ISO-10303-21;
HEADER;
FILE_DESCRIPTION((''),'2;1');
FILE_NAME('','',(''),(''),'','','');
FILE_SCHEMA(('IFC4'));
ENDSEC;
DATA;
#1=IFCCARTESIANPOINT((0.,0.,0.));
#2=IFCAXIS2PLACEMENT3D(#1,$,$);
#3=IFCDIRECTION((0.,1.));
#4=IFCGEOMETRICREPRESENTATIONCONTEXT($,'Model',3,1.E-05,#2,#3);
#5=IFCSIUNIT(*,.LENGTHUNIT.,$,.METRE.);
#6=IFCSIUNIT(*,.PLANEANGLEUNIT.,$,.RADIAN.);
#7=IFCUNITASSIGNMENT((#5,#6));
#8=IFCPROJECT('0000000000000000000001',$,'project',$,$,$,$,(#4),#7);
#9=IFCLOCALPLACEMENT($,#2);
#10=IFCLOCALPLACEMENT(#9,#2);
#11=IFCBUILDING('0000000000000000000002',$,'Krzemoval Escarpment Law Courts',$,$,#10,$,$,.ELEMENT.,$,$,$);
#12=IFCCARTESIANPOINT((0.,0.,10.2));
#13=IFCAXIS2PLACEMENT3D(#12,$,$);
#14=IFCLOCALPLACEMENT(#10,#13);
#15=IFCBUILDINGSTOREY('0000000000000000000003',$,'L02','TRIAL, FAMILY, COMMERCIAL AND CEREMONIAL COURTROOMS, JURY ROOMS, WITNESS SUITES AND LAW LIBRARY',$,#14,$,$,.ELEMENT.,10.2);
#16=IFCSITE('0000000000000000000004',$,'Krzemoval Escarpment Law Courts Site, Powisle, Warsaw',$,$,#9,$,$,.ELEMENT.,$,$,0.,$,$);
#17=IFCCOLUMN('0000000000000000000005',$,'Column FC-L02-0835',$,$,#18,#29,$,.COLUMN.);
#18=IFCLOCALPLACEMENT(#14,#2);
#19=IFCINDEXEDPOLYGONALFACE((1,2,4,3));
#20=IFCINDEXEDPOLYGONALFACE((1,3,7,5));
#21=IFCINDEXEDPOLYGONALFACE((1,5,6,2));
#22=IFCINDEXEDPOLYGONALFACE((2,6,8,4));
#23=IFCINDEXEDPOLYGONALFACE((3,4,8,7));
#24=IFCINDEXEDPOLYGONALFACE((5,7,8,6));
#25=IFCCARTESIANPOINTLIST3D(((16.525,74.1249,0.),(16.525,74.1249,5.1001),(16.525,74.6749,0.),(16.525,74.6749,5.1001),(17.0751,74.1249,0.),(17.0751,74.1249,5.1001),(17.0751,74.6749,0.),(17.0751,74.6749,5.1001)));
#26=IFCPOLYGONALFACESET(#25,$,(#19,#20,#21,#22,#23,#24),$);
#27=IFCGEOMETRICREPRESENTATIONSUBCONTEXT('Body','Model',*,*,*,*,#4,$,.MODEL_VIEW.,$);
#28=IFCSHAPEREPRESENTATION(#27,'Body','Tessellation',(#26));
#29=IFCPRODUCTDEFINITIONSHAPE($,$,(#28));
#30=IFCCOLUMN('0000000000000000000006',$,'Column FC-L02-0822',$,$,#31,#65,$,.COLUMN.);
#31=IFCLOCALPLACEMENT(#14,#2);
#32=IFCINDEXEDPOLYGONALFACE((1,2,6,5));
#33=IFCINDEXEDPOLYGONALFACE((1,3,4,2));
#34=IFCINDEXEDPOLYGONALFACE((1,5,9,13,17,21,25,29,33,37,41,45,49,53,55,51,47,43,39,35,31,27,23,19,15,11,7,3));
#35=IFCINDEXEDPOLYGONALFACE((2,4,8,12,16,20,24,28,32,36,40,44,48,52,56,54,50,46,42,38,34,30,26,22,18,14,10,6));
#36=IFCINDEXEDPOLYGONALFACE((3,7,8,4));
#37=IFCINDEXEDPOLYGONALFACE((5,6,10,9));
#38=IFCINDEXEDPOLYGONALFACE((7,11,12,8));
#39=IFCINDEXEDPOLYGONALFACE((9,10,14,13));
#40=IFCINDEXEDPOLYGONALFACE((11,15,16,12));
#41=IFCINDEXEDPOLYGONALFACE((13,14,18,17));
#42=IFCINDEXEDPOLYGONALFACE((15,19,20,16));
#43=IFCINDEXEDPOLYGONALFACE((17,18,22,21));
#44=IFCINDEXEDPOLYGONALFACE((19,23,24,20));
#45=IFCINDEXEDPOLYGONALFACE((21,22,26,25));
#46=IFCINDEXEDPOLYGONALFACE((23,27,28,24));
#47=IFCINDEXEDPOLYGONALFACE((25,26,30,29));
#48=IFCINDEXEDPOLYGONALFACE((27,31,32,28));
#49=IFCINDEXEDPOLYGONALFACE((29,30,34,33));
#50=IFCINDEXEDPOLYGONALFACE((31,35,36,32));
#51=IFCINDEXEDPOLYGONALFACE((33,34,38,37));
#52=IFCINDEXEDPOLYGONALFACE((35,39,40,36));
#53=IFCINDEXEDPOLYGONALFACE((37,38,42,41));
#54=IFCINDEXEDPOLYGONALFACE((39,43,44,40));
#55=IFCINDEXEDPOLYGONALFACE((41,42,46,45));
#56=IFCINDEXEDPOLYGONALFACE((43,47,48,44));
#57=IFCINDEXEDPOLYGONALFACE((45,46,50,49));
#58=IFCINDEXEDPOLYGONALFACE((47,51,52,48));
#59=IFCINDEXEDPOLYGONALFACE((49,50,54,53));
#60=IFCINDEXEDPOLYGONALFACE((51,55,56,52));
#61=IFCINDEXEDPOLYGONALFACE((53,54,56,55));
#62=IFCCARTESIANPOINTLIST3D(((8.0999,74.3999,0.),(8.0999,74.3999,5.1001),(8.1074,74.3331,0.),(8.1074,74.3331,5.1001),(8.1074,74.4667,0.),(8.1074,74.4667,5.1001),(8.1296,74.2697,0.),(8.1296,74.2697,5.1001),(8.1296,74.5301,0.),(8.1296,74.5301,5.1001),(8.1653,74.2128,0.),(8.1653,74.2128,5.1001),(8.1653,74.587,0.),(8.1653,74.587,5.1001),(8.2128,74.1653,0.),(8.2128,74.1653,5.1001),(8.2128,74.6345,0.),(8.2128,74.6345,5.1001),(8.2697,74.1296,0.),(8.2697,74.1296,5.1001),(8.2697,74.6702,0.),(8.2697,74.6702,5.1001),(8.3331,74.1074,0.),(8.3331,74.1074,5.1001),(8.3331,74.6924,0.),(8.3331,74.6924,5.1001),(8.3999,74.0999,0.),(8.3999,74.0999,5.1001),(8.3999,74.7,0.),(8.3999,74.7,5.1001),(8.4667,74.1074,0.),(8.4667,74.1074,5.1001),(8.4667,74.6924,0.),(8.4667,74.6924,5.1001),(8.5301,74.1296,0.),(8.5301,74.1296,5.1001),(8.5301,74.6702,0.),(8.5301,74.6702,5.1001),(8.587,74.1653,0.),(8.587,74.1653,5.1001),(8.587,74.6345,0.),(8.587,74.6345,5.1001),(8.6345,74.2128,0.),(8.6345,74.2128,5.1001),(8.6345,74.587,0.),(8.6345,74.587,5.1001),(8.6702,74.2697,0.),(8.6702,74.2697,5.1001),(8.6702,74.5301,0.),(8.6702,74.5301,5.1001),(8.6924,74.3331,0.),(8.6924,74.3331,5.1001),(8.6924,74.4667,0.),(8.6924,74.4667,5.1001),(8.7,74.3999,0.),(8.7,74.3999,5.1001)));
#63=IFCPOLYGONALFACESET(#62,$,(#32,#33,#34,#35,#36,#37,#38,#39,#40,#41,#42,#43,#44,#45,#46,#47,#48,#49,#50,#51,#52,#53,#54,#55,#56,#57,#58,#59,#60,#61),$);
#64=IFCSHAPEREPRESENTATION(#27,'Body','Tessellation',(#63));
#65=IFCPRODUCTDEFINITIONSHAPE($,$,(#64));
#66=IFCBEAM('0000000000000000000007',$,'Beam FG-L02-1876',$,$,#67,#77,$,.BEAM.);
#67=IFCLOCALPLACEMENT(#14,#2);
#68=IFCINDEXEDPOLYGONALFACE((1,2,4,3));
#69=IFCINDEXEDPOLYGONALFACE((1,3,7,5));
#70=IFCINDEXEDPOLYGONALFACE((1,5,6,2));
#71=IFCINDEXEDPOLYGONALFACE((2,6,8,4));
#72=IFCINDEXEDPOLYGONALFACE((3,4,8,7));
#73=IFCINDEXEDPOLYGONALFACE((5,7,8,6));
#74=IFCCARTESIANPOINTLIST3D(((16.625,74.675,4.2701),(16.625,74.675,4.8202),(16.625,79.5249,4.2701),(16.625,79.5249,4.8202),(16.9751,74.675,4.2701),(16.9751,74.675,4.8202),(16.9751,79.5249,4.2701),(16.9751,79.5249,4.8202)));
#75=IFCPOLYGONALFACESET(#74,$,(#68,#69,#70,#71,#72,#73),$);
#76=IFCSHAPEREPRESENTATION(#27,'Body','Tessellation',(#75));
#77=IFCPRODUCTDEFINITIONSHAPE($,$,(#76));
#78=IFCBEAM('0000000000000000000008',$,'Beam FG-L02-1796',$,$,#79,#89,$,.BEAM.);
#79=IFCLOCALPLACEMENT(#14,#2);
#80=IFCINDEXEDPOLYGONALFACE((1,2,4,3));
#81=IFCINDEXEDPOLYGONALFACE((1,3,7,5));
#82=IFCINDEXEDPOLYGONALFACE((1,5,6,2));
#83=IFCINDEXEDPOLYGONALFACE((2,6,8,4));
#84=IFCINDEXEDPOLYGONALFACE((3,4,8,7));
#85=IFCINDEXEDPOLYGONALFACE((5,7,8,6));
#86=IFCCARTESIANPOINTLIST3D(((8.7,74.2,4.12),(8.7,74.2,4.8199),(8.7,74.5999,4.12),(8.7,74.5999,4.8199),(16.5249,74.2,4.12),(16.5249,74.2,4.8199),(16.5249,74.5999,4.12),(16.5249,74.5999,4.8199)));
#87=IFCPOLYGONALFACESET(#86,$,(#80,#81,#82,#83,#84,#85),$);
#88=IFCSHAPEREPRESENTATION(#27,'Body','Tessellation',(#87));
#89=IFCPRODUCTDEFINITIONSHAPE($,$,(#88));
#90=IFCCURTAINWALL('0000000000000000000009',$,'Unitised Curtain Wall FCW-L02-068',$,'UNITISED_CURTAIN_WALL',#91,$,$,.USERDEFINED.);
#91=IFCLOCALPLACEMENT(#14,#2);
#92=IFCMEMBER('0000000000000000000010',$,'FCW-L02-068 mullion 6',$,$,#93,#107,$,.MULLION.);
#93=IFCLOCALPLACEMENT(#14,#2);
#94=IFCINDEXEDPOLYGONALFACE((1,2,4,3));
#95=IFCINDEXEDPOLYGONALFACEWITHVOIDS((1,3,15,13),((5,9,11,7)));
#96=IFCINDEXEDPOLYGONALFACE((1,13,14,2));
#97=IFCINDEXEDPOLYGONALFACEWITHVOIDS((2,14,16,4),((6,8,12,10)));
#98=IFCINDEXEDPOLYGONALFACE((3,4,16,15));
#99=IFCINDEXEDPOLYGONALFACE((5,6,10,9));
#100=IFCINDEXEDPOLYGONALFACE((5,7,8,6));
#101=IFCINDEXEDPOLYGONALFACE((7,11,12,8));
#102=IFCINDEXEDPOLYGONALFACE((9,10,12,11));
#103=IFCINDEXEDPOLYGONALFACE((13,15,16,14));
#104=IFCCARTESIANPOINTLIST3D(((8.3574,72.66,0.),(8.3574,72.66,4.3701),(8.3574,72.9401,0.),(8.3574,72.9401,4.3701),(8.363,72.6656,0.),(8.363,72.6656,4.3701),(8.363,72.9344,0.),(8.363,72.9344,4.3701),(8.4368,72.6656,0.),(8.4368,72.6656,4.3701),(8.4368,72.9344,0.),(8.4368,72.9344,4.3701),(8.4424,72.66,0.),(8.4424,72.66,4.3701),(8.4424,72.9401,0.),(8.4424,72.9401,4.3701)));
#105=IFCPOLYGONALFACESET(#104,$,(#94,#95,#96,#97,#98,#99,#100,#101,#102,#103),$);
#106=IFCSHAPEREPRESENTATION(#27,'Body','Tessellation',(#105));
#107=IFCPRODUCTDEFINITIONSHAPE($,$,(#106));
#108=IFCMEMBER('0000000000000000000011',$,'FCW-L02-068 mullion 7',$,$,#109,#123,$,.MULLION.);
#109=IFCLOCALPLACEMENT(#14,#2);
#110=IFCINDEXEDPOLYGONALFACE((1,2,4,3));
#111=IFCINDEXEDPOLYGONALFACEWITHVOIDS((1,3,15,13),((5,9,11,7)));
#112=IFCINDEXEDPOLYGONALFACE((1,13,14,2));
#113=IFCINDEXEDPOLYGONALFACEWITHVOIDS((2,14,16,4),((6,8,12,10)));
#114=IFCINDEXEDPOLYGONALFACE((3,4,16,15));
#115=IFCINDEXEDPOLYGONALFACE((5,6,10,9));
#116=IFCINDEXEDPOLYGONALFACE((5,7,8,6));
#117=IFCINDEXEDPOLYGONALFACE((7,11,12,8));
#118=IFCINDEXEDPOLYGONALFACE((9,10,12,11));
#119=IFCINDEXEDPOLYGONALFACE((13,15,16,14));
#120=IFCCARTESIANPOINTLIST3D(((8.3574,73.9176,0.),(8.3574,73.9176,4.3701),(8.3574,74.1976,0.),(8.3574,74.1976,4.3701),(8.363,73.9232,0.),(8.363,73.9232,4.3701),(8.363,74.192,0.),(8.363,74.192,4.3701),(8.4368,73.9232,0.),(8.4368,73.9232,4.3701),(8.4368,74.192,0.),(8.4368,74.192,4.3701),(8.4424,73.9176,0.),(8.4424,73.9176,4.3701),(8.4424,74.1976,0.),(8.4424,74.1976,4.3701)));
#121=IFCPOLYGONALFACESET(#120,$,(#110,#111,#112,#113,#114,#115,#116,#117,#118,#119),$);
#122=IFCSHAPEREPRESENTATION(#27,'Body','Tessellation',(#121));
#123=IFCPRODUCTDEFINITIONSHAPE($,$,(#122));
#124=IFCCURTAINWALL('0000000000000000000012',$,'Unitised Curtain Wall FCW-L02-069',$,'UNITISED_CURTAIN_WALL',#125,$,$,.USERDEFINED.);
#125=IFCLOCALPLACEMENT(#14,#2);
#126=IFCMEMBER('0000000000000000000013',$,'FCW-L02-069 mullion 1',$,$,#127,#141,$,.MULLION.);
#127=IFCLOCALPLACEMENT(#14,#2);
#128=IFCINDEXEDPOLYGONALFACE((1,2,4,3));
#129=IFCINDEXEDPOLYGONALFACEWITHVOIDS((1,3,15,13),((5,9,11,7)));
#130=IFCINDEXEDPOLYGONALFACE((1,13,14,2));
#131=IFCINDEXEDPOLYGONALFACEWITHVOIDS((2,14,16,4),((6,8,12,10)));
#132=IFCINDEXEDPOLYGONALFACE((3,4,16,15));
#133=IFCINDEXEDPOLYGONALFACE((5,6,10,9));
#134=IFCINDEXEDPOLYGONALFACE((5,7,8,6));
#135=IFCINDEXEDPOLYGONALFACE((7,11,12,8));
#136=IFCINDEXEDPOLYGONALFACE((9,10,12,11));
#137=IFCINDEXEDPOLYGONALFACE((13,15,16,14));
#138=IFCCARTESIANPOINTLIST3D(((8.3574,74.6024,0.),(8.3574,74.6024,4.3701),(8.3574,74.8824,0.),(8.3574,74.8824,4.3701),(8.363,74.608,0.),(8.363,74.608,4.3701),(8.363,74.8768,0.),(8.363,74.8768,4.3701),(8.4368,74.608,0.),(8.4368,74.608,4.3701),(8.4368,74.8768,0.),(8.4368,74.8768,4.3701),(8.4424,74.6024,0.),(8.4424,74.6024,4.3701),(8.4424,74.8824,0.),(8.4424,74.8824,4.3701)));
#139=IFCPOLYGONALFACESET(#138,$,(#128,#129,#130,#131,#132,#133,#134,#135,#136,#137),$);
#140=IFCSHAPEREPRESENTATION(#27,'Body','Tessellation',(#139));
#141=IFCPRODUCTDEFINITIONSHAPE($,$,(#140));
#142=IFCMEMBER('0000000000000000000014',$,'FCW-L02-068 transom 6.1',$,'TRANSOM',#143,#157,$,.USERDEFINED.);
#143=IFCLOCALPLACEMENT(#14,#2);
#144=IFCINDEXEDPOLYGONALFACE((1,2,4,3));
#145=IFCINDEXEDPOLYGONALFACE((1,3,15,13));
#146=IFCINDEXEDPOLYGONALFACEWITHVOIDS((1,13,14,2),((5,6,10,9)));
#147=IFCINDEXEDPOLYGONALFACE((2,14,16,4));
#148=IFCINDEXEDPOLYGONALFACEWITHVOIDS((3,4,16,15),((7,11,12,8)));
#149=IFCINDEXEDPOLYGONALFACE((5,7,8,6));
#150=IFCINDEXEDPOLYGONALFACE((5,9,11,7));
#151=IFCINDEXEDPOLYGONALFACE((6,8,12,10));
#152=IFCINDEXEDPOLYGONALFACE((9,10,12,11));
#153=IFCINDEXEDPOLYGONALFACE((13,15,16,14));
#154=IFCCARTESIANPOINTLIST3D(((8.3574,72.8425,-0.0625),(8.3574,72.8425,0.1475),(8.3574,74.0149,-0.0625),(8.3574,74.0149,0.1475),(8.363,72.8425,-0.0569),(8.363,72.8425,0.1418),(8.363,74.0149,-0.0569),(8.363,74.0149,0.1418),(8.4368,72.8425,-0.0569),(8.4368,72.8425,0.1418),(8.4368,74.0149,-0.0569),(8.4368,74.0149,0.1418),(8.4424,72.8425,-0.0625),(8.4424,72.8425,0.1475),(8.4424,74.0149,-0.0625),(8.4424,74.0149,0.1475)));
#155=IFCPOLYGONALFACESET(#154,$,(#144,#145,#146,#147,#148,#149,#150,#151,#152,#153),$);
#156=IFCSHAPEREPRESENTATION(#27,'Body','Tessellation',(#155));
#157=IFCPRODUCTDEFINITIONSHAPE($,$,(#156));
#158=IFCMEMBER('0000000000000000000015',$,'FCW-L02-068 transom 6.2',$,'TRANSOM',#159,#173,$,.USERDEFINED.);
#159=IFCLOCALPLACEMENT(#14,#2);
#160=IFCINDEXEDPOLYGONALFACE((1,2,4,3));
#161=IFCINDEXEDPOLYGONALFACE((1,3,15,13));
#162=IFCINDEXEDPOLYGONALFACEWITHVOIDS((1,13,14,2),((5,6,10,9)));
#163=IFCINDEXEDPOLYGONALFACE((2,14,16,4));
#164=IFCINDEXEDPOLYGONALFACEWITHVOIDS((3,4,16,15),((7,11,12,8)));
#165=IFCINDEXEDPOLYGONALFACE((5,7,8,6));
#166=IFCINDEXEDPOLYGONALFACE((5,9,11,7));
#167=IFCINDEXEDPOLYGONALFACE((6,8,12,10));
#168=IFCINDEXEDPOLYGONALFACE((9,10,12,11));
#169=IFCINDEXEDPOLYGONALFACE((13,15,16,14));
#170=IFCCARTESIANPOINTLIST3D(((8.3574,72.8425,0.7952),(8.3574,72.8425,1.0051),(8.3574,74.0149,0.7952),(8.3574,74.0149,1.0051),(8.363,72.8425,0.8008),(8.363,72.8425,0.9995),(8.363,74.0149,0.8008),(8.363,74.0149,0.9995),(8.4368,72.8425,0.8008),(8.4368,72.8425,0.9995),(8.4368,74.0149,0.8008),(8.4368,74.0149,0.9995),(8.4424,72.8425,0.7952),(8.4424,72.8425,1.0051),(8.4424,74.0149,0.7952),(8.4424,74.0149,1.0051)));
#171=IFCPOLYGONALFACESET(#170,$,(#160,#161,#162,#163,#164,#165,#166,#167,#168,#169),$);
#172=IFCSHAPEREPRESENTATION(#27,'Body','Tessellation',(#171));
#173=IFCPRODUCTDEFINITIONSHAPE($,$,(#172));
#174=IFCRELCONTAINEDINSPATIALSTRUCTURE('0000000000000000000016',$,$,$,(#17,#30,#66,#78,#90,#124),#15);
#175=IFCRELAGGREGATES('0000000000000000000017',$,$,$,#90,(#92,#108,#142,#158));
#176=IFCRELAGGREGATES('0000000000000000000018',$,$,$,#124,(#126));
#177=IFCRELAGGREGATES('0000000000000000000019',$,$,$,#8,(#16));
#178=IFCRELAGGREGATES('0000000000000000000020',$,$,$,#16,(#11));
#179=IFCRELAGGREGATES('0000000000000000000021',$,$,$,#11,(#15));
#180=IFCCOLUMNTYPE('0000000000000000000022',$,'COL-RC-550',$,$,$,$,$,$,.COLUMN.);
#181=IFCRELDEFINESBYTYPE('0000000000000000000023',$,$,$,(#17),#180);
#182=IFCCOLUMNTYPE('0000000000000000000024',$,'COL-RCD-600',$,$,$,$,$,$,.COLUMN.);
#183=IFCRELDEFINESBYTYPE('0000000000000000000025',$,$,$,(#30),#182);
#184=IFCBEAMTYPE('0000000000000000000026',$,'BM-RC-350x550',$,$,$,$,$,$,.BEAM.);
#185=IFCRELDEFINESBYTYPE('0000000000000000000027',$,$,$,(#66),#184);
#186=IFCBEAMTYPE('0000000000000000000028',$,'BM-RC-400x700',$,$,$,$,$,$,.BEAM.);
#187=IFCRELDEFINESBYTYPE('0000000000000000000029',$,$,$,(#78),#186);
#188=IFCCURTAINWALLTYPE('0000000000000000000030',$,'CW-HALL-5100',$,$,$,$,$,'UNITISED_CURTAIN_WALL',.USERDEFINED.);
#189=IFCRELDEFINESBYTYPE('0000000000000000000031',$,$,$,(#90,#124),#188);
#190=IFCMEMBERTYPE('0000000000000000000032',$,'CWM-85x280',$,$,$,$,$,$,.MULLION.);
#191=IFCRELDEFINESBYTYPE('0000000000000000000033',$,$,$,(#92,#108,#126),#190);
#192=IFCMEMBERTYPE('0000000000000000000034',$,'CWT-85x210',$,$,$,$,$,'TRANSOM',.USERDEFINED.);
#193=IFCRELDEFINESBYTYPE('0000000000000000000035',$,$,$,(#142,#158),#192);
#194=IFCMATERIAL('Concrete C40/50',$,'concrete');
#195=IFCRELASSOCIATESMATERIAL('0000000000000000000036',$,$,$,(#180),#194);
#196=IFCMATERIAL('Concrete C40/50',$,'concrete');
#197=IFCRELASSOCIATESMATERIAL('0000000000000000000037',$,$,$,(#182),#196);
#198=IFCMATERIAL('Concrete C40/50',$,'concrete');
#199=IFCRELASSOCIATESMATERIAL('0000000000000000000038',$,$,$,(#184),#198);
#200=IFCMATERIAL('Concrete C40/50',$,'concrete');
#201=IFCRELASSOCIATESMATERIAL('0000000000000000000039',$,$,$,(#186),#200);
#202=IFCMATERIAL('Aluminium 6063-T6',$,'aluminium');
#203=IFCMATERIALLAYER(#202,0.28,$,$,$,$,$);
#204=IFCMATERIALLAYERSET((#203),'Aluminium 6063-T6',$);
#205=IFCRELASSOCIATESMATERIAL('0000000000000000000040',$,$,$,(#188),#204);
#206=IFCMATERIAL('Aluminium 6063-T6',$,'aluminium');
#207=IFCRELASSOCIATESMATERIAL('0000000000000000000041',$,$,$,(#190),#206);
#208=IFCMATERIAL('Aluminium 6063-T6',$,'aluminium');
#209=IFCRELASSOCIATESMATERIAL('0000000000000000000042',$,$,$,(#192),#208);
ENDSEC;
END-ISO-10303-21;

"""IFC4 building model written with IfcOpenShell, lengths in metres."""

from ifc_helpers import new_model, si_unit, direction, frame, origin, origin_2d, place, context, subcontext, project, spatial, rectangle, hollow_rectangle, circle, extrude, material, layer, layer_set, material_profile, profile_set, type_object, element, aggregate, save


model = new_model("IFC4")

# Units and contexts
model_context = context("Model", 3, precision=1e-05, world=origin(), true_north=direction((0.0, 1.0)))
body_context = subcontext(model_context, "Body", "Model", "MODEL_VIEW")
ifc_project = project(units=[si_unit("LENGTHUNIT", "METRE"), si_unit("PLANEANGLEUNIT", "RADIAN")], contexts=[model_context])

# Site, building, storey
site_placement = place(None, origin())
site = spatial("IfcSite", under=ifc_project, at=site_placement, Name="Krzemoval Escarpment Law Courts Site, Powisle, Warsaw", CompositionType="ELEMENT", RefElevation=0.0)
building_placement = place(site_placement, origin())
building = spatial("IfcBuilding", under=site, at=building_placement, Name="Krzemoval Escarpment Law Courts", CompositionType="ELEMENT")
storey_placement = place(building_placement, frame((0.0, 0.0, 10.2)))
storey = spatial("IfcBuildingStorey", under=building, at=storey_placement, Name="L02", Description="TRIAL, FAMILY, COMMERCIAL AND CEREMONIAL COURTROOMS, JURY ROOMS, WITNESS SUITES AND LAW LIBRARY", CompositionType="ELEMENT", Elevation=10.2)

# Columns
ifc_material_1 = material(Name="Concrete C40/50", Category="concrete")
ifc_material_profile_1 = material_profile(ifc_material_1, rectangle(XDim=0.55, YDim=0.55, at=origin_2d()), Name="RC 550x550")
ifc_profile_set_1 = profile_set([ifc_material_profile_1], Name="Concrete C40/50")
column_type_1 = type_object("IfcColumnType", Name="COL-RC-550", PredefinedType="COLUMN", material=ifc_profile_set_1)
column_1_placement = place(storey_placement, frame((16.8, 74.3999, 0.0), z_axis=(0.0, 0.0, 1.0), x_axis=(1.0, 0.0, 0.0)))
element("IfcColumn", 1, at=column_1_placement, inside=storey, type_object=column_type_1, Name="Column FC-L02-0835", PredefinedType="COLUMN", context=body_context, shape_type="SweptSolid", body=[
    extrude(rectangle(XDim=0.55, YDim=0.55, at=origin_2d()), origin(), (0.0, 0.0, 1.0), 5.1001),
])
ifc_material_2 = material(Name="Concrete C40/50", Category="concrete")
ifc_material_profile_2 = material_profile(ifc_material_2, circle(Radius=0.3, at=origin_2d()), Name="RC D600")
ifc_profile_set_2 = profile_set([ifc_material_profile_2], Name="Concrete C40/50")
column_type_2 = type_object("IfcColumnType", Name="COL-RCD-600", PredefinedType="COLUMN", material=ifc_profile_set_2)
column_2_placement = place(storey_placement, frame((8.3999, 74.3999, 0.0), z_axis=(0.0, 0.0, 1.0), x_axis=(1.0, 0.0, 0.0)))
element("IfcColumn", 2, at=column_2_placement, inside=storey, type_object=column_type_2, Name="Column FC-L02-0822", PredefinedType="COLUMN", context=body_context, shape_type="SweptSolid", body=[
    extrude(circle(Radius=0.3, at=origin_2d()), origin(), (0.0, 0.0, 1.0), 5.1001),
])

# Beams
ifc_material_3 = material(Name="Concrete C40/50", Category="concrete")
ifc_material_profile_3 = material_profile(ifc_material_3, rectangle(XDim=0.3501, YDim=0.55, at=origin_2d()), Name="RCB 350x550")
ifc_profile_set_3 = profile_set([ifc_material_profile_3], Name="Concrete C40/50")
beam_type_1 = type_object("IfcBeamType", Name="BM-RC-350x550", PredefinedType="BEAM", material=ifc_profile_set_3)
beam_1_placement = place(storey_placement, frame((16.8, 74.675, 4.5452), z_axis=(0.0, 1.0, 0.0), x_axis=(-1.0, 0.0, 0.0)))
element("IfcBeam", 3, at=beam_1_placement, inside=storey, type_object=beam_type_1, Name="Beam FG-L02-1876", PredefinedType="BEAM", context=body_context, shape_type="SweptSolid", body=[
    extrude(rectangle(XDim=0.3501, YDim=0.55, at=origin_2d()), origin(), (0.0, 0.0, 1.0), 4.8499),
])
ifc_material_4 = material(Name="Concrete C40/50", Category="concrete")
ifc_material_profile_4 = material_profile(ifc_material_4, rectangle(XDim=0.3999, YDim=0.7, at=origin_2d()), Name="RCB 400x700")
ifc_profile_set_4 = profile_set([ifc_material_profile_4], Name="Concrete C40/50")
beam_type_2 = type_object("IfcBeamType", Name="BM-RC-400x700", PredefinedType="BEAM", material=ifc_profile_set_4)
beam_2_placement = place(storey_placement, frame((8.7, 74.3999, 4.47), z_axis=(1.0, 0.0, 0.0), x_axis=(0.0, 1.0, 0.0)))
element("IfcBeam", 4, at=beam_2_placement, inside=storey, type_object=beam_type_2, Name="Beam FG-L02-1796", PredefinedType="BEAM", context=body_context, shape_type="SweptSolid", body=[
    extrude(rectangle(XDim=0.3999, YDim=0.7, at=origin_2d()), origin(), (0.0, 0.0, 1.0), 7.825),
])

# Curtain wall, members
ifc_material_5 = material(Name="Aluminium 6063-T6", Category="aluminium")
ifc_layer_1 = layer(ifc_material_5, 0.28)
ifc_layer_set_1 = layer_set([ifc_layer_1], Name="Aluminium 6063-T6")
curtain_wall_type = type_object("IfcCurtainWallType", Name="CW-HALL-5100", ElementType="UNITISED_CURTAIN_WALL", PredefinedType="USERDEFINED", material=ifc_layer_set_1)
curtain_wall_1_placement = place(storey_placement, origin())
curtain_wall_1 = element("IfcCurtainWall", 5, at=curtain_wall_1_placement, inside=storey, type_object=curtain_wall_type, Name="Unitised Curtain Wall FCW-L02-068", ObjectType="UNITISED_CURTAIN_WALL", PredefinedType="USERDEFINED")
ifc_material_6 = material(Name="Aluminium 6063-T6", Category="aluminium")
ifc_material_profile_5 = material_profile(ifc_material_6, hollow_rectangle(XDim=0.085, YDim=0.28, WallThickness=0.0056, at=origin_2d()), Name="ALU M85x280")
ifc_profile_set_5 = profile_set([ifc_material_profile_5], Name="Aluminium 6063-T6")
member_type_1 = type_object("IfcMemberType", Name="CWM-85x280", PredefinedType="MULLION", material=ifc_profile_set_5)
member_1_placement = place(storey_placement, frame((8.3999, 72.8, 0.0), z_axis=(0.0, 0.0, 1.0), x_axis=(-1.0, 0.0, 0.0)))
member_1 = element("IfcMember", 6, at=member_1_placement, type_object=member_type_1, Name="FCW-L02-068 mullion 6", PredefinedType="MULLION", context=body_context, shape_type="SweptSolid", body=[
    extrude(hollow_rectangle(XDim=0.085, YDim=0.28, WallThickness=0.0056, at=origin_2d()), origin(), (0.0, 0.0, 1.0), 4.3701),
])
member_2_placement = place(storey_placement, frame((8.3999, 74.0576, 0.0), z_axis=(0.0, 0.0, 1.0), x_axis=(-1.0, 0.0, 0.0)))
member_2 = element("IfcMember", 7, at=member_2_placement, type_object=member_type_1, Name="FCW-L02-068 mullion 7", PredefinedType="MULLION", context=body_context, shape_type="SweptSolid", body=[
    extrude(hollow_rectangle(XDim=0.085, YDim=0.28, WallThickness=0.0056, at=origin_2d()), origin(), (0.0, 0.0, 1.0), 4.3701),
])

# Curtain wall, member
curtain_wall_2_placement = place(storey_placement, origin())
curtain_wall_2 = element("IfcCurtainWall", 8, at=curtain_wall_2_placement, inside=storey, type_object=curtain_wall_type, Name="Unitised Curtain Wall FCW-L02-069", ObjectType="UNITISED_CURTAIN_WALL", PredefinedType="USERDEFINED")
member_3_placement = place(storey_placement, frame((8.3999, 74.7424, 0.0), z_axis=(0.0, 0.0, 1.0), x_axis=(-1.0, 0.0, 0.0)))
member_3 = element("IfcMember", 9, at=member_3_placement, type_object=member_type_1, Name="FCW-L02-069 mullion 1", PredefinedType="MULLION", context=body_context, shape_type="SweptSolid", body=[
    extrude(hollow_rectangle(XDim=0.085, YDim=0.28, WallThickness=0.0056, at=origin_2d()), origin(), (0.0, 0.0, 1.0), 4.3701),
])

# Members
ifc_material_7 = material(Name="Aluminium 6063-T6", Category="aluminium")
ifc_material_profile_6 = material_profile(ifc_material_7, hollow_rectangle(XDim=0.085, YDim=0.21, WallThickness=0.0056, at=origin_2d()), Name="ALU T85x210")
ifc_profile_set_6 = profile_set([ifc_material_profile_6], Name="Aluminium 6063-T6")
member_type_2 = type_object("IfcMemberType", Name="CWT-85x210", ElementType="TRANSOM", PredefinedType="USERDEFINED", material=ifc_profile_set_6)
member_4_placement = place(storey_placement, frame((8.3999, 72.8425, 0.0425), z_axis=(0.0, 1.0, 0.0), x_axis=(-1.0, 0.0, 0.0)))
member_4 = element("IfcMember", 10, at=member_4_placement, type_object=member_type_2, Name="FCW-L02-068 transom 6.1", ObjectType="TRANSOM", PredefinedType="USERDEFINED", context=body_context, shape_type="SweptSolid", body=[
    extrude(hollow_rectangle(XDim=0.085, YDim=0.21, WallThickness=0.0056, at=origin_2d()), origin(), (0.0, 0.0, 1.0), 1.1724),
])
member_5_placement = place(storey_placement, frame((8.3999, 72.8425, 0.9001), z_axis=(0.0, 1.0, 0.0), x_axis=(-1.0, 0.0, 0.0)))
member_5 = element("IfcMember", 11, at=member_5_placement, type_object=member_type_2, Name="FCW-L02-068 transom 6.2", ObjectType="TRANSOM", PredefinedType="USERDEFINED", context=body_context, shape_type="SweptSolid", body=[
    extrude(hollow_rectangle(XDim=0.085, YDim=0.21, WallThickness=0.0056, at=origin_2d()), origin(), (0.0, 0.0, 1.0), 1.1724),
])

aggregate(curtain_wall_1, [member_1, member_2, member_4, member_5])
aggregate(curtain_wall_2, [member_3])

save(model, "model.ifc")
